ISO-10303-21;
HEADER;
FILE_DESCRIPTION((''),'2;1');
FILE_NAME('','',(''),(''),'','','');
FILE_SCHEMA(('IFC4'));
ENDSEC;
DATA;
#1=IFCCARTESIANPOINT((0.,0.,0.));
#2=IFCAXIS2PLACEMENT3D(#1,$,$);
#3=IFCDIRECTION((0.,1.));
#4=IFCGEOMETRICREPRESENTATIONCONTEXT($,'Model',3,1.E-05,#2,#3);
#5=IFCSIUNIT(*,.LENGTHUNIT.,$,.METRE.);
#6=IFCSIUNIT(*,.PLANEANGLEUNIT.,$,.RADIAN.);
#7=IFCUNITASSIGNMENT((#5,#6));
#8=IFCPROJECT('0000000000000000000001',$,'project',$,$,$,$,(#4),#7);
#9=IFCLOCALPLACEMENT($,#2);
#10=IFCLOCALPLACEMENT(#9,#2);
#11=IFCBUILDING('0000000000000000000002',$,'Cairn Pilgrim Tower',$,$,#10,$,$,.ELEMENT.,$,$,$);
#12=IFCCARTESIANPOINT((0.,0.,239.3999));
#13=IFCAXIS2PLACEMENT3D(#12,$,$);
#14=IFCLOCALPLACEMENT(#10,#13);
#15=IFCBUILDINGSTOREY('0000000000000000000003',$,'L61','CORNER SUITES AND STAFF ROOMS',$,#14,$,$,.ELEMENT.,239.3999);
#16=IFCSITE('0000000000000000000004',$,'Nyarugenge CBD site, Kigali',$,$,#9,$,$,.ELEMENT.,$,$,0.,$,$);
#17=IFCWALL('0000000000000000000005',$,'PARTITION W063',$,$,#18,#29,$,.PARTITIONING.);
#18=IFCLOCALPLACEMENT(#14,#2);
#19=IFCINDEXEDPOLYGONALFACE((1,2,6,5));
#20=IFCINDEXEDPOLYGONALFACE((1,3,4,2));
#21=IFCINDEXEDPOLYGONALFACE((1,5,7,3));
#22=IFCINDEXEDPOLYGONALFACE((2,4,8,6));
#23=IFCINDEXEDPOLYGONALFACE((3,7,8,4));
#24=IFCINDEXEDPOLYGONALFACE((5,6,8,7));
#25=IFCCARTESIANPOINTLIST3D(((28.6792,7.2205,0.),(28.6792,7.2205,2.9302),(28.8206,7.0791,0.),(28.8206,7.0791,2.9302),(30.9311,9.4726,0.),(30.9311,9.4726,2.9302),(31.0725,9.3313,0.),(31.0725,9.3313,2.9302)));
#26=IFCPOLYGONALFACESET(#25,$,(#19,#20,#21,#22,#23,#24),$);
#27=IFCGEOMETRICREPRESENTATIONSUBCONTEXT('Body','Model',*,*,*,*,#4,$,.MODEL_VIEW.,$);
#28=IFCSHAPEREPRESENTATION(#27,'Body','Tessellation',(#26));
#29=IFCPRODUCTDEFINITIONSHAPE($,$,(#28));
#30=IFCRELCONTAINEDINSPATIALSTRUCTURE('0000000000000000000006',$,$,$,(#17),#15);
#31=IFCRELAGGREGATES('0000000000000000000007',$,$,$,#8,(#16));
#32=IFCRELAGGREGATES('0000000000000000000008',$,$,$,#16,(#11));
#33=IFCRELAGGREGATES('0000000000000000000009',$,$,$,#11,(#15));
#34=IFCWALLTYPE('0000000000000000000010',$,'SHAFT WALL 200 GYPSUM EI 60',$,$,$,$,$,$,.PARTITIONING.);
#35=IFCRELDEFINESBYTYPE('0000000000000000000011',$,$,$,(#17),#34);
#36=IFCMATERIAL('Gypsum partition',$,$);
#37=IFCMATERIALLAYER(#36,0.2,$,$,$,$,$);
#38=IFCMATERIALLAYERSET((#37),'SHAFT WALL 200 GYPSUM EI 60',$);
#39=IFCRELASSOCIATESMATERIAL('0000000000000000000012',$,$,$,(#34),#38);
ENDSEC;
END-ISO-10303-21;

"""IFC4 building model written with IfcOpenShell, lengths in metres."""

from ifc_helpers import new_model, si_unit, direction, frame, frame_2d, origin, place, context, subcontext, project, spatial, rectangle, extrude, material, layer, layer_set, type_object, element, save


model = new_model("IFC4")

# Units and contexts
model_context = context("Model", 3, precision=1e-05, world=origin(), true_north=direction((0.0, 1.0)))
body_context = subcontext(model_context, "Body", "Model", "MODEL_VIEW")
ifc_project = project(units=[si_unit("LENGTHUNIT", "METRE"), si_unit("PLANEANGLEUNIT", "RADIAN")], contexts=[model_context])

# Site, building, storey
site_placement = place(None, origin())
site = spatial("IfcSite", under=ifc_project, at=site_placement, Name="Nyarugenge CBD site, Kigali", CompositionType="ELEMENT", RefElevation=0.0)
building_placement = place(site_placement, origin())
building = spatial("IfcBuilding", under=site, at=building_placement, Name="Cairn Pilgrim Tower", CompositionType="ELEMENT")
storey_placement = place(building_placement, frame((0.0, 0.0, 239.3999)))
storey = spatial("IfcBuildingStorey", under=building, at=storey_placement, Name="L61", Description="CORNER SUITES AND STAFF ROOMS", CompositionType="ELEMENT", Elevation=239.3999)

# Shared definitions
ifc_material_1 = material(Name="Gypsum partition")

# Wall
ifc_layer_1 = layer(ifc_material_1, 0.2)
ifc_layer_set_1 = layer_set([ifc_layer_1], Name="SHAFT WALL 200 GYPSUM EI 60")
wall_type_1 = type_object("IfcWallType", Name="SHAFT WALL 200 GYPSUM EI 60", PredefinedType="PARTITIONING", material=ifc_layer_set_1)
wall_1_placement = place(storey_placement, frame((28.75, 7.1499, 0.0), z_axis=(0.0, 0.0, 1.0), x_axis=(0.707068, 0.707145, 0.0)))
element("IfcWall", 1, at=wall_1_placement, inside=storey, type_object=wall_type_1, Name="PARTITION W063", PredefinedType="PARTITIONING", context=body_context, shape_type="SweptSolid", body=[
    extrude(rectangle(XDim=3.1848, YDim=0.2, at=frame_2d((1.5923, 0.0))), origin(), (0.0, 0.0, 1.0), 2.9302),
])

save(model, "model.ifc")
